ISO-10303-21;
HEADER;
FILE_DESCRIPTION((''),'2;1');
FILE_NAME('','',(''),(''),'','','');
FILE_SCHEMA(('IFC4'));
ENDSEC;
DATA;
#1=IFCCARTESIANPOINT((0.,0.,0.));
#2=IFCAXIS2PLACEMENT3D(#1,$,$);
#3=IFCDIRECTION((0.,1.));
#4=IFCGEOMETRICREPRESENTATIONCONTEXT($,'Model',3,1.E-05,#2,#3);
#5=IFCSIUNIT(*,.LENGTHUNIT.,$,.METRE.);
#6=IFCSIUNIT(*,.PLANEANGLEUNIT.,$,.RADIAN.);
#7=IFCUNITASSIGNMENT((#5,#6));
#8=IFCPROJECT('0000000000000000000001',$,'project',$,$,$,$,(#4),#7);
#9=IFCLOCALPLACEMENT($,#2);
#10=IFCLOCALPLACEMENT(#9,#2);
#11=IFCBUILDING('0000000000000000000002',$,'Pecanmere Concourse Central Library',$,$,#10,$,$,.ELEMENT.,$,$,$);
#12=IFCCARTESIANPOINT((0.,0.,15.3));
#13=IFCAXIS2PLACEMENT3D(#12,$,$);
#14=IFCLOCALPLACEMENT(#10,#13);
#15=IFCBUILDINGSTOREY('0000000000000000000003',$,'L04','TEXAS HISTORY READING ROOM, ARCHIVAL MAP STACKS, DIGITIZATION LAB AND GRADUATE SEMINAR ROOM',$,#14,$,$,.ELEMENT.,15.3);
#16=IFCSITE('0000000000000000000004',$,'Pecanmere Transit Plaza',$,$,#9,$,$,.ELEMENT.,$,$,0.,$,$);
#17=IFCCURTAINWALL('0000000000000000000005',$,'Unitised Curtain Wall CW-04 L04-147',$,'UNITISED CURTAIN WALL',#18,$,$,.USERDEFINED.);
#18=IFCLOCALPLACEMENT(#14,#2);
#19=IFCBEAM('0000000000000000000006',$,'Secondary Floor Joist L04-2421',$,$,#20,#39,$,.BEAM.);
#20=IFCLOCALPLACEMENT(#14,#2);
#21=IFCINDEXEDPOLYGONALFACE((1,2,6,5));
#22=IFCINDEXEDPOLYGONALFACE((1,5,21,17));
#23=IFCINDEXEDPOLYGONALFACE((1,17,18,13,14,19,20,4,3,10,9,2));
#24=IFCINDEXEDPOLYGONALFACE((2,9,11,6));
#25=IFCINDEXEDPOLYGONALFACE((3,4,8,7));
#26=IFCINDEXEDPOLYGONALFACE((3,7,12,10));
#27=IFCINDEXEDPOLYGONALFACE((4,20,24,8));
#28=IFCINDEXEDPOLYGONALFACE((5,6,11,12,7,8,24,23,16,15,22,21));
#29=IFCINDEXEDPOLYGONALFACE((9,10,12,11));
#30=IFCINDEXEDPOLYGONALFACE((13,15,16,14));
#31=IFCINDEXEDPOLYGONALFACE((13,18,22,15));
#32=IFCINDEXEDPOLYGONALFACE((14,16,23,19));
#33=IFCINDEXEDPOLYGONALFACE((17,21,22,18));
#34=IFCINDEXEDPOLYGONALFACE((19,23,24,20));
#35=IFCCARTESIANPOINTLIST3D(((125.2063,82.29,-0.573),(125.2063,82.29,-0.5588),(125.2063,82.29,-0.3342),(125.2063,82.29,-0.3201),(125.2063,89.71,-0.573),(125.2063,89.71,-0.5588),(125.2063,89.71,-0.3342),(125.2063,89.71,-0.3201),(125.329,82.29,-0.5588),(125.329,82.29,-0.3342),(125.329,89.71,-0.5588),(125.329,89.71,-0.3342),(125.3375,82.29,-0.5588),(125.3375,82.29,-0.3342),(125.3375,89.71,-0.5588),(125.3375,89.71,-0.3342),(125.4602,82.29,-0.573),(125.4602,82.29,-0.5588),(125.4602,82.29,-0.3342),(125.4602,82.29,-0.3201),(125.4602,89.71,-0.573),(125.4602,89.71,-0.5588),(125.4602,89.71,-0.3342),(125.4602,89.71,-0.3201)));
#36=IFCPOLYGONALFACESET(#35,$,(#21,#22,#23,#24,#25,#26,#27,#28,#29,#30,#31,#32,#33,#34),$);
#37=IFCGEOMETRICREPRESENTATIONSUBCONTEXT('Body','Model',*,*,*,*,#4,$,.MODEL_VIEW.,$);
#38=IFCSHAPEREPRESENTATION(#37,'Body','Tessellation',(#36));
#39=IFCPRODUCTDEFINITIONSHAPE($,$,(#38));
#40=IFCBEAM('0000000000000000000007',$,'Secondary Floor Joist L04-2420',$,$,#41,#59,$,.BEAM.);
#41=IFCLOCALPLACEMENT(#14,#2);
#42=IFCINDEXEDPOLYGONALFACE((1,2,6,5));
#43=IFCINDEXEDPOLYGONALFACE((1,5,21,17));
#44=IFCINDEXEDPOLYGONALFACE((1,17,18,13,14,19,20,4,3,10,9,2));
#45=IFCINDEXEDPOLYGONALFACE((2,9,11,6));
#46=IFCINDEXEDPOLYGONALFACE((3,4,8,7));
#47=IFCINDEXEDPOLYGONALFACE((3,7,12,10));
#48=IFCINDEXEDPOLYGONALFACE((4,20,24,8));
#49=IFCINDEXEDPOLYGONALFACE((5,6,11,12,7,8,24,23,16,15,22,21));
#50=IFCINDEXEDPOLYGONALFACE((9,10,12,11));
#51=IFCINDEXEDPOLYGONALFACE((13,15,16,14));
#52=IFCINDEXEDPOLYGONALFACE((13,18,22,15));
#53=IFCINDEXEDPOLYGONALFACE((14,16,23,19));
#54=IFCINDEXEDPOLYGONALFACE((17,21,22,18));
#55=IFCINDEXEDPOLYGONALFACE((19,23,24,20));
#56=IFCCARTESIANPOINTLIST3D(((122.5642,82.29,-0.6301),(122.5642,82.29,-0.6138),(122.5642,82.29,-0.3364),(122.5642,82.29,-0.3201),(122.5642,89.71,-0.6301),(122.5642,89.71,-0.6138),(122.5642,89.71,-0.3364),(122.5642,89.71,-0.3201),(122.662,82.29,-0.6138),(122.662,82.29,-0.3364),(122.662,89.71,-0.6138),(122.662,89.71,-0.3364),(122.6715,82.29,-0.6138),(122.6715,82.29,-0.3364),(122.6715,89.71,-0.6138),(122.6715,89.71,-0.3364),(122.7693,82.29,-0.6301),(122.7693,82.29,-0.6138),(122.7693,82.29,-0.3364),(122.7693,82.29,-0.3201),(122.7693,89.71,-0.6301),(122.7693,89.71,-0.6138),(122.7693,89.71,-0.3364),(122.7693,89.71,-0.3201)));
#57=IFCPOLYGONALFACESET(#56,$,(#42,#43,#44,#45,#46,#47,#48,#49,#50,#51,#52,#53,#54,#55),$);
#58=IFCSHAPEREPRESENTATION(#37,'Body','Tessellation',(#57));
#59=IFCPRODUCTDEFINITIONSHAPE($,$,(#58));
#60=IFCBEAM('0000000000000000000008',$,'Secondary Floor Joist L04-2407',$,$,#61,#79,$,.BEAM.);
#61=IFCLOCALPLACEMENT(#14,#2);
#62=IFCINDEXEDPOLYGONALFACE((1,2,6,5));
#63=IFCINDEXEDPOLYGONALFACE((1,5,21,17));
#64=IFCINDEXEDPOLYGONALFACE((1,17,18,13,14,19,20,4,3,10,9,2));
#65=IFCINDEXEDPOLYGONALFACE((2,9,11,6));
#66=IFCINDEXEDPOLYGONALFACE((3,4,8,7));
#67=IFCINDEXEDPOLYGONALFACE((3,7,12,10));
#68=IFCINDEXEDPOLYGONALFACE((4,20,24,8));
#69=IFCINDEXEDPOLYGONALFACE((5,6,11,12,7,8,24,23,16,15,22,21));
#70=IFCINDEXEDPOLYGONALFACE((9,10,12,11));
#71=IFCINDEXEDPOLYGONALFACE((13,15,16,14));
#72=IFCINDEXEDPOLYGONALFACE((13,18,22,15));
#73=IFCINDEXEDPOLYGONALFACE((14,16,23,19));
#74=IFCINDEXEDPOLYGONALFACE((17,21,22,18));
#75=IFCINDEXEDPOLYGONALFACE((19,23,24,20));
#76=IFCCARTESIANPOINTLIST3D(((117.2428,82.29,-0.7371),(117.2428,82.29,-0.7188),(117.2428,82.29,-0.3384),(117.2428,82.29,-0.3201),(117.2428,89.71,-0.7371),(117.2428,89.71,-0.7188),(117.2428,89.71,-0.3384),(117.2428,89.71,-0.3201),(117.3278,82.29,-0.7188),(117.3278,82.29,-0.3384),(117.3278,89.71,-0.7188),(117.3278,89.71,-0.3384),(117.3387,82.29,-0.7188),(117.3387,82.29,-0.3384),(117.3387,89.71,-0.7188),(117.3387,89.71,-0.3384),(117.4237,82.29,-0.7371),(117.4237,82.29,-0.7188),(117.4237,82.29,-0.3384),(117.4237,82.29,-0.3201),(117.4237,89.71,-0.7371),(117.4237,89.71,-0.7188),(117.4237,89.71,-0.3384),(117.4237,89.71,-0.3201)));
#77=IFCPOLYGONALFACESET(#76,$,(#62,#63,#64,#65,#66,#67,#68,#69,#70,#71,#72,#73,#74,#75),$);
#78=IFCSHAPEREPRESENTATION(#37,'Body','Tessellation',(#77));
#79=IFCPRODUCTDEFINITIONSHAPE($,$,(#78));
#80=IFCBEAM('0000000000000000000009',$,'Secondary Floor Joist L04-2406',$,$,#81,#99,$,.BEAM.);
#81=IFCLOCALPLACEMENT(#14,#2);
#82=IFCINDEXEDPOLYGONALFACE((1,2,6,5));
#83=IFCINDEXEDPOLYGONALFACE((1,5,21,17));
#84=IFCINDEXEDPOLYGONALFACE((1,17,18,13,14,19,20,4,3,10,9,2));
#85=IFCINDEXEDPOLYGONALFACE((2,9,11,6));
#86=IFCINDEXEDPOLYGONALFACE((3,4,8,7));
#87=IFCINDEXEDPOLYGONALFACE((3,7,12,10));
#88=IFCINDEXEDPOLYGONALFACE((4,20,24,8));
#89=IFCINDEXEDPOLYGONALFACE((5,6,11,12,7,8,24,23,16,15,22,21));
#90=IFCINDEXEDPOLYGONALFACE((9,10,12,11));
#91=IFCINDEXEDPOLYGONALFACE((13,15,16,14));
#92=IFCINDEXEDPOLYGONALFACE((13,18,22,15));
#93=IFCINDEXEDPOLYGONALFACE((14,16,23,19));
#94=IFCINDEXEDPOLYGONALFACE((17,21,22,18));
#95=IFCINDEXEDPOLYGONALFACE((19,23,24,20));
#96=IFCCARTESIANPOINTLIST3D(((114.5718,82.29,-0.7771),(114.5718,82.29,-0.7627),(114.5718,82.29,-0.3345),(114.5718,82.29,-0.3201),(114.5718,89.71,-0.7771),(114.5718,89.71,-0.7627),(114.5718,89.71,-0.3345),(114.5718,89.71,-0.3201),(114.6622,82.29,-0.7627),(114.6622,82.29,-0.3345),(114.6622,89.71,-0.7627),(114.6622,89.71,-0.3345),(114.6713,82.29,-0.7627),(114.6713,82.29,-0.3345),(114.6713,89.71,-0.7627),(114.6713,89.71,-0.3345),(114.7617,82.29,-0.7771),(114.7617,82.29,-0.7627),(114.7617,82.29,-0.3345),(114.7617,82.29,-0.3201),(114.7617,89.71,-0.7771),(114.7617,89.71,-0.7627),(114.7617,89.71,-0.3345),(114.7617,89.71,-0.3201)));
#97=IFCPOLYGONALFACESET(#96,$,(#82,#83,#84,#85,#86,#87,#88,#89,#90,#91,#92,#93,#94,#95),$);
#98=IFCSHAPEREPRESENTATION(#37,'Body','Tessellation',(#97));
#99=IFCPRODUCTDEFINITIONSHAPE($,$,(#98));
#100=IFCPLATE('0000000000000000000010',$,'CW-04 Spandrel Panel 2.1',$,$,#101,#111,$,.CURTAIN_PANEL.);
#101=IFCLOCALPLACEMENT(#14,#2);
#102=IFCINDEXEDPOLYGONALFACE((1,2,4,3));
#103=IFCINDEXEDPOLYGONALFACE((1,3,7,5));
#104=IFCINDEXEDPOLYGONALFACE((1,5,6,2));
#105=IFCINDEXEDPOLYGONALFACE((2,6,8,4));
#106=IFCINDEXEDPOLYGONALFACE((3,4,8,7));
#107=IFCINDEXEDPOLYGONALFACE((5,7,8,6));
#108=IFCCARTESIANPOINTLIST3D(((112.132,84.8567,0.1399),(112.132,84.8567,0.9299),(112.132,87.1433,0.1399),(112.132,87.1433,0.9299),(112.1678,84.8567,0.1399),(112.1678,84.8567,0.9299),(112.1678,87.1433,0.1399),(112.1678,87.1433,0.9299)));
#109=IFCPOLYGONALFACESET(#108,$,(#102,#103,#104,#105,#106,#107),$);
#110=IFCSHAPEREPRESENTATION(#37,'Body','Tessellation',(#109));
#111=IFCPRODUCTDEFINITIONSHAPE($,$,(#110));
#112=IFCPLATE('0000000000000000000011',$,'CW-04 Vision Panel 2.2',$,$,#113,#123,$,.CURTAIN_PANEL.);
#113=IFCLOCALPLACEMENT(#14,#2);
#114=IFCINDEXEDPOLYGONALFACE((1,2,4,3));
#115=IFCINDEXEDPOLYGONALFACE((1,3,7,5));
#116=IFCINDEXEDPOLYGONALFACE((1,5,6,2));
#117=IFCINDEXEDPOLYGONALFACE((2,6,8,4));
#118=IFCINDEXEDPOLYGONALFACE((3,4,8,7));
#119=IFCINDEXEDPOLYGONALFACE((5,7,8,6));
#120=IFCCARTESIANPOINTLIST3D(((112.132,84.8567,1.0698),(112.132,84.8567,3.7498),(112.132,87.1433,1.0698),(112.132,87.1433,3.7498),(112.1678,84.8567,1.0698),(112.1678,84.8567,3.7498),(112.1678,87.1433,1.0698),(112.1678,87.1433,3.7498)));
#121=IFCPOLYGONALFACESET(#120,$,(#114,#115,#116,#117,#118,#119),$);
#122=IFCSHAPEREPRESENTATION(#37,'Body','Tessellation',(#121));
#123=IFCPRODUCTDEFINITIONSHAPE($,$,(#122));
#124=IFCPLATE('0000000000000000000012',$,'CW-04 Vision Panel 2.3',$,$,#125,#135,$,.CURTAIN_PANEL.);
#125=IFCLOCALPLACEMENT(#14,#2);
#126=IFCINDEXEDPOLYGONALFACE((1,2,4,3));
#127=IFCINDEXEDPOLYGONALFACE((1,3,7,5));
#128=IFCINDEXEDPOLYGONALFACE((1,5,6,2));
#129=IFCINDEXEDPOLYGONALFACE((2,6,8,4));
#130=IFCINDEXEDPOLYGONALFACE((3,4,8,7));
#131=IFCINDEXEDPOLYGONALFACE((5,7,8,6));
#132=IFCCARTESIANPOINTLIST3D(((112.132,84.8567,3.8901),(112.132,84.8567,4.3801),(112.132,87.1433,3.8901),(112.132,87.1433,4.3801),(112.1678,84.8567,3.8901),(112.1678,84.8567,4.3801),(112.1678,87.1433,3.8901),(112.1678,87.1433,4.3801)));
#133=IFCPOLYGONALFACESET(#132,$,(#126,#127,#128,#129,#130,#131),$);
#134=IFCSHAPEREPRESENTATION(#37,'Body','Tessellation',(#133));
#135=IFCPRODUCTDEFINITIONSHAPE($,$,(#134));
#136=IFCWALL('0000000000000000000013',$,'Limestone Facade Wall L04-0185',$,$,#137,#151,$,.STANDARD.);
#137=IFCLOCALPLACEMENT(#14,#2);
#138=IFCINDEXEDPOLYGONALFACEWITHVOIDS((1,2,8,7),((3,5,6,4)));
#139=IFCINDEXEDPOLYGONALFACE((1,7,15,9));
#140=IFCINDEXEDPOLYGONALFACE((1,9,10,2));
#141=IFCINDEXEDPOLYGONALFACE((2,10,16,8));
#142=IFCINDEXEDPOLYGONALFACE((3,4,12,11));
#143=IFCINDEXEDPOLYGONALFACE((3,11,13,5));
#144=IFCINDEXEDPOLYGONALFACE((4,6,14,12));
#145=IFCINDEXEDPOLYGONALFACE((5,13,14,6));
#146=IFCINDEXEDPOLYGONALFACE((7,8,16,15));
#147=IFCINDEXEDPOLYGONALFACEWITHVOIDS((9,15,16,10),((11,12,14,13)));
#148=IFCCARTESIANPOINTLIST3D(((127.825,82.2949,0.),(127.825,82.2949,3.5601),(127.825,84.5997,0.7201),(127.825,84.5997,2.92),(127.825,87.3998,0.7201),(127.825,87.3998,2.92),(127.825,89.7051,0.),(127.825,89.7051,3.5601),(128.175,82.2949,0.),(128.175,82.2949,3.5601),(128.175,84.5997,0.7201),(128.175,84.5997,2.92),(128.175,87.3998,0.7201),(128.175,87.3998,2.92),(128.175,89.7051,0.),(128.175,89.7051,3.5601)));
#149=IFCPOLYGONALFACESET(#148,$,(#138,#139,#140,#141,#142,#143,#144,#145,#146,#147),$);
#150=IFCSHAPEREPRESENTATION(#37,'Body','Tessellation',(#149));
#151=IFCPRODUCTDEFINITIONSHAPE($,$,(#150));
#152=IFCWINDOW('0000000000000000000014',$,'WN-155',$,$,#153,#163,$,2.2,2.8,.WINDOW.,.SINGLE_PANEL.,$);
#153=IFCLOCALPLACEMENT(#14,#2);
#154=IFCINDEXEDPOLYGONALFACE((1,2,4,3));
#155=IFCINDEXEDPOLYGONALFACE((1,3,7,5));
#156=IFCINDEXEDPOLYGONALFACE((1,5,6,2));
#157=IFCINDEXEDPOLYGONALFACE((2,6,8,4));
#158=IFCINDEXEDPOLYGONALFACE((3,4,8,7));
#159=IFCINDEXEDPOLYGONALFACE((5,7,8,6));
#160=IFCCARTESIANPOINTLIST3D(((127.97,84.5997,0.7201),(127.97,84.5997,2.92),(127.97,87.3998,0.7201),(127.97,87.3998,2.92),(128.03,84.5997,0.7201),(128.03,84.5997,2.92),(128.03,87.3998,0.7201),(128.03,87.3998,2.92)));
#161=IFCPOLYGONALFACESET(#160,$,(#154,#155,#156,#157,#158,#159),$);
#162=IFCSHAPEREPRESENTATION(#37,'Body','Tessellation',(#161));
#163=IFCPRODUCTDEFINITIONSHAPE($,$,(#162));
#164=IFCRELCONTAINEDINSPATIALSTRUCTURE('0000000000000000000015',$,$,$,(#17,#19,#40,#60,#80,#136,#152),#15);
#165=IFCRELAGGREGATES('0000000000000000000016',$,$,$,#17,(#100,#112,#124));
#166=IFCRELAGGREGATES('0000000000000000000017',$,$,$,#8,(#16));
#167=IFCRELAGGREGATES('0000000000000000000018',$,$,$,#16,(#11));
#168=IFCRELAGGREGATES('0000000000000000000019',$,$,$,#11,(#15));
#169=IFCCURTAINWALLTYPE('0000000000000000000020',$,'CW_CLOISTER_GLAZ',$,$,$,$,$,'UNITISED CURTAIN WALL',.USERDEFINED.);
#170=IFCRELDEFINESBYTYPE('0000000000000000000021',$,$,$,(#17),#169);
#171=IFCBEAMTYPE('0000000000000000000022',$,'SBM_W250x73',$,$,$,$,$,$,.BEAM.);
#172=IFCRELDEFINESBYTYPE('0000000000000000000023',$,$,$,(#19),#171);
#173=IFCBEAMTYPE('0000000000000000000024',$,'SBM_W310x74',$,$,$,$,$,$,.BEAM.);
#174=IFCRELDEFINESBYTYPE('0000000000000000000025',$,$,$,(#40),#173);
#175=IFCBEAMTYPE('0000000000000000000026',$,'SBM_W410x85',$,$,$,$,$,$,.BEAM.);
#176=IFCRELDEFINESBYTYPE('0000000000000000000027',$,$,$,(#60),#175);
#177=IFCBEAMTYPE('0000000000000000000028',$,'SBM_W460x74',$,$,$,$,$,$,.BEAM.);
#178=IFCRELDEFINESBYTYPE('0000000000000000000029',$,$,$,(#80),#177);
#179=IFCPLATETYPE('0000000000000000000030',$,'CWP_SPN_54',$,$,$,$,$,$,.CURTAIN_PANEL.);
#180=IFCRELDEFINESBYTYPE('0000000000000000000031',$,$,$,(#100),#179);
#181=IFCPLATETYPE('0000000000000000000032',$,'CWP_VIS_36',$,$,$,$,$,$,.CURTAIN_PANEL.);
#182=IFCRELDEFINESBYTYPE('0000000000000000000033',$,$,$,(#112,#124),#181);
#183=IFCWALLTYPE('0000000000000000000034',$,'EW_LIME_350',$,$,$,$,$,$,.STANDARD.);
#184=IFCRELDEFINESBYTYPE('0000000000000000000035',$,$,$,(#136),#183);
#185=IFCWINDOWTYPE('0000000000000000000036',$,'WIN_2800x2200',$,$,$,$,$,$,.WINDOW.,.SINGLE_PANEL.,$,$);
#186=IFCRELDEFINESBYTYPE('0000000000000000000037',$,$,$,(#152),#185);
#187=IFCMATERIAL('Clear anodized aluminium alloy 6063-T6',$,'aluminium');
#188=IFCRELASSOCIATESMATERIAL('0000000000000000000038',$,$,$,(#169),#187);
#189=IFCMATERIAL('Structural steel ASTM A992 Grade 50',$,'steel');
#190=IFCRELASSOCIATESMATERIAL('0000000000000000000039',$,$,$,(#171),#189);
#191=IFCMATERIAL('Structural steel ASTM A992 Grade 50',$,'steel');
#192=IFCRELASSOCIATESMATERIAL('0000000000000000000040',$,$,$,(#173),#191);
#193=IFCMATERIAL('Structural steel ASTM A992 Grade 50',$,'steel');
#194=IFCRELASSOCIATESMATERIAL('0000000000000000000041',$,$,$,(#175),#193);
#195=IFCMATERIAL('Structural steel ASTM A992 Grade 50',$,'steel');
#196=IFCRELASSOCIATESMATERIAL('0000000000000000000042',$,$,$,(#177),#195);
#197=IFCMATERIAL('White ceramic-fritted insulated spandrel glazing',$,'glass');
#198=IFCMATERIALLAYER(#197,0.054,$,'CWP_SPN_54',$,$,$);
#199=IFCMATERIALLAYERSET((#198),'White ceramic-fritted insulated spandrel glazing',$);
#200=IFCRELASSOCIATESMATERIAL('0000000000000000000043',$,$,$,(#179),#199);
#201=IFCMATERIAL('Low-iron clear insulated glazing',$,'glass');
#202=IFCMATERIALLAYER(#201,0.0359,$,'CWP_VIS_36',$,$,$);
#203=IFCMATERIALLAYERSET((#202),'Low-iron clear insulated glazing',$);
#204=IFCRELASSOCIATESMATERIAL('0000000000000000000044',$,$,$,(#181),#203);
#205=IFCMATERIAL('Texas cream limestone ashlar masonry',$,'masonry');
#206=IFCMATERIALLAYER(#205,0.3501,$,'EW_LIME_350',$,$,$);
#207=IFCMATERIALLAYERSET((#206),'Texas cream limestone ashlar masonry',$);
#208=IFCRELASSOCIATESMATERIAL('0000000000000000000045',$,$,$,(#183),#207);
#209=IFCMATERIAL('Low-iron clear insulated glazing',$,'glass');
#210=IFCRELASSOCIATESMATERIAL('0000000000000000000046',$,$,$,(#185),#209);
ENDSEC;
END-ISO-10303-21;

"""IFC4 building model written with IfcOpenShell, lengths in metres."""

from ifc_helpers import new_model, si_unit, direction, frame, frame_2d, origin, origin_2d, place, context, subcontext, project, spatial, rectangle, i_section, extrude, material, layer, layer_set, material_profile, profile_set, type_object, element, fill, aggregate, save


model = new_model("IFC4")

# Units and contexts
model_context = context("Model", 3, precision=1e-05, world=origin(), true_north=direction((0.0, 1.0)))
body_context = subcontext(model_context, "Body", "Model", "MODEL_VIEW")
ifc_project = project(units=[si_unit("LENGTHUNIT", "METRE"), si_unit("PLANEANGLEUNIT", "RADIAN")], contexts=[model_context])

# Site, building, storey
site_placement = place(None, origin())
site = spatial("IfcSite", under=ifc_project, at=site_placement, Name="Pecanmere Transit Plaza", CompositionType="ELEMENT", RefElevation=0.0)
building_placement = place(site_placement, origin())
building = spatial("IfcBuilding", under=site, at=building_placement, Name="Pecanmere Concourse Central Library", CompositionType="ELEMENT")
storey_placement = place(building_placement, frame((0.0, 0.0, 15.3)))
storey = spatial("IfcBuildingStorey", under=building, at=storey_placement, Name="L04", Description="TEXAS HISTORY READING ROOM, ARCHIVAL MAP STACKS, DIGITIZATION LAB AND GRADUATE SEMINAR ROOM", CompositionType="ELEMENT", Elevation=15.3)

# Curtain wall
ifc_material_1 = material(Name="Clear anodized aluminium alloy 6063-T6", Category="aluminium")
curtain_wall_type = type_object("IfcCurtainWallType", Name="CW_CLOISTER_GLAZ", ElementType="UNITISED CURTAIN WALL", PredefinedType="USERDEFINED", material=ifc_material_1)
curtain_wall_placement = place(storey_placement, origin())
curtain_wall = element("IfcCurtainWall", 1, at=curtain_wall_placement, inside=storey, type_object=curtain_wall_type, Name="Unitised Curtain Wall CW-04 L04-147", ObjectType="UNITISED CURTAIN WALL", PredefinedType="USERDEFINED")

# Beams
ifc_material_2 = material(Name="Structural steel ASTM A992 Grade 50", Category="steel")
ifc_material_profile_1 = material_profile(ifc_material_2, i_section(OverallWidth=0.2539, OverallDepth=0.2529, WebThickness=0.0085, FlangeThickness=0.0142, at=origin_2d()), Name="W250x73")
ifc_profile_set_1 = profile_set([ifc_material_profile_1], Name="Structural steel ASTM A992 Grade 50")
beam_type_1 = type_object("IfcBeamType", Name="SBM_W250x73", PredefinedType="BEAM", material=ifc_profile_set_1)
beam_1_placement = place(storey_placement, frame((125.3333, 82.29, -0.4465), z_axis=(0.0, 1.0, 0.0), x_axis=(-1.0, 0.0, 0.0)))
element("IfcBeam", 2, at=beam_1_placement, inside=storey, type_object=beam_type_1, Name="Secondary Floor Joist L04-2421", PredefinedType="BEAM", context=body_context, shape_type="SweptSolid", body=[
    extrude(i_section(OverallWidth=0.2539, OverallDepth=0.2529, WebThickness=0.0085, FlangeThickness=0.0142, at=origin_2d()), origin(), (0.0, 0.0, 1.0), 7.4199),
])
ifc_material_3 = material(Name="Structural steel ASTM A992 Grade 50", Category="steel")
ifc_material_profile_2 = material_profile(ifc_material_3, i_section(OverallWidth=0.2051, OverallDepth=0.3101, WebThickness=0.0095, FlangeThickness=0.0164, at=origin_2d()), Name="W310x74")
ifc_profile_set_2 = profile_set([ifc_material_profile_2], Name="Structural steel ASTM A992 Grade 50")
beam_type_2 = type_object("IfcBeamType", Name="SBM_W310x74", PredefinedType="BEAM", material=ifc_profile_set_2)
beam_2_placement = place(storey_placement, frame((122.6667, 82.29, -0.4751), z_axis=(0.0, 1.0, 0.0), x_axis=(-1.0, 0.0, 0.0)))
element("IfcBeam", 3, at=beam_2_placement, inside=storey, type_object=beam_type_2, Name="Secondary Floor Joist L04-2420", PredefinedType="BEAM", context=body_context, shape_type="SweptSolid", body=[
    extrude(i_section(OverallWidth=0.2051, OverallDepth=0.3101, WebThickness=0.0095, FlangeThickness=0.0164, at=origin_2d()), origin(), (0.0, 0.0, 1.0), 7.4199),
])
ifc_material_4 = material(Name="Structural steel ASTM A992 Grade 50", Category="steel")
ifc_material_profile_3 = material_profile(ifc_material_4, i_section(OverallWidth=0.1809, OverallDepth=0.417, WebThickness=0.011, FlangeThickness=0.0183, at=origin_2d()), Name="W410x85")
ifc_profile_set_3 = profile_set([ifc_material_profile_3], Name="Structural steel ASTM A992 Grade 50")
beam_type_3 = type_object("IfcBeamType", Name="SBM_W410x85", PredefinedType="BEAM", material=ifc_profile_set_3)
beam_3_placement = place(storey_placement, frame((117.3333, 82.29, -0.5286), z_axis=(0.0, 1.0, 0.0), x_axis=(-1.0, 0.0, 0.0)))
element("IfcBeam", 4, at=beam_3_placement, inside=storey, type_object=beam_type_3, Name="Secondary Floor Joist L04-2407", PredefinedType="BEAM", context=body_context, shape_type="SweptSolid", body=[
    extrude(i_section(OverallWidth=0.1809, OverallDepth=0.417, WebThickness=0.011, FlangeThickness=0.0183, at=origin_2d()), origin(), (0.0, 0.0, 1.0), 7.4199),
])
ifc_material_5 = material(Name="Structural steel ASTM A992 Grade 50", Category="steel")
ifc_material_profile_4 = material_profile(ifc_material_5, i_section(OverallWidth=0.1899, OverallDepth=0.457, WebThickness=0.009, FlangeThickness=0.0144, at=origin_2d()), Name="W460x74")
ifc_profile_set_4 = profile_set([ifc_material_profile_4], Name="Structural steel ASTM A992 Grade 50")
beam_type_4 = type_object("IfcBeamType", Name="SBM_W460x74", PredefinedType="BEAM", material=ifc_profile_set_4)
beam_4_placement = place(storey_placement, frame((114.6667, 82.29, -0.5486), z_axis=(0.0, 1.0, 0.0), x_axis=(-1.0, 0.0, 0.0)))
element("IfcBeam", 5, at=beam_4_placement, inside=storey, type_object=beam_type_4, Name="Secondary Floor Joist L04-2406", PredefinedType="BEAM", context=body_context, shape_type="SweptSolid", body=[
    extrude(i_section(OverallWidth=0.1899, OverallDepth=0.457, WebThickness=0.009, FlangeThickness=0.0144, at=origin_2d()), origin(), (0.0, 0.0, 1.0), 7.4199),
])

# Plates
ifc_material_6 = material(Name="White ceramic-fritted insulated spandrel glazing", Category="glass")
ifc_layer_1 = layer(ifc_material_6, 0.054, Name="CWP_SPN_54")
ifc_layer_set_1 = layer_set([ifc_layer_1], Name="White ceramic-fritted insulated spandrel glazing")
plate_type_1 = type_object("IfcPlateType", Name="CWP_SPN_54", PredefinedType="CURTAIN_PANEL", material=ifc_layer_set_1)
plate_1_placement = place(storey_placement, frame((112.1499, 86.0, 0.1399), z_axis=(0.0, 0.0, 1.0), x_axis=(0.0, -1.0, 0.0)))
plate_1 = element("IfcPlate", 6, at=plate_1_placement, type_object=plate_type_1, Name="CW-04 Spandrel Panel 2.1", PredefinedType="CURTAIN_PANEL", context=body_context, shape_type="SweptSolid", body=[
    extrude(rectangle(XDim=2.2866, YDim=0.0359, at=origin_2d()), origin(), (0.0, 0.0, 1.0), 0.79),
])
ifc_material_7 = material(Name="Low-iron clear insulated glazing", Category="glass")
ifc_layer_2 = layer(ifc_material_7, 0.0359, Name="CWP_VIS_36")
ifc_layer_set_2 = layer_set([ifc_layer_2], Name="Low-iron clear insulated glazing")
plate_type_2 = type_object("IfcPlateType", Name="CWP_VIS_36", PredefinedType="CURTAIN_PANEL", material=ifc_layer_set_2)
plate_2_placement = place(storey_placement, frame((112.1499, 86.0, 1.0698), z_axis=(0.0, 0.0, 1.0), x_axis=(0.0, -1.0, 0.0)))
plate_2 = element("IfcPlate", 7, at=plate_2_placement, type_object=plate_type_2, Name="CW-04 Vision Panel 2.2", PredefinedType="CURTAIN_PANEL", context=body_context, shape_type="SweptSolid", body=[
    extrude(rectangle(XDim=2.2866, YDim=0.0359, at=origin_2d()), origin(), (0.0, 0.0, 1.0), 2.6799),
])
plate_3_placement = place(storey_placement, frame((112.1499, 86.0, 3.8901), z_axis=(0.0, 0.0, 1.0), x_axis=(0.0, -1.0, 0.0)))
plate_3 = element("IfcPlate", 8, at=plate_3_placement, type_object=plate_type_2, Name="CW-04 Vision Panel 2.3", PredefinedType="CURTAIN_PANEL", context=body_context, shape_type="SweptSolid", body=[
    extrude(rectangle(XDim=2.2866, YDim=0.0359, at=origin_2d()), origin(), (0.0, 0.0, 1.0), 0.49),
])
aggregate(curtain_wall, [plate_1, plate_2, plate_3])

# Wall, opening, window
ifc_material_8 = material(Name="Texas cream limestone ashlar masonry", Category="masonry")
ifc_layer_3 = layer(ifc_material_8, 0.3501, Name="EW_LIME_350")
ifc_layer_set_3 = layer_set([ifc_layer_3], Name="Texas cream limestone ashlar masonry")
wall_type_1 = type_object("IfcWallType", Name="EW_LIME_350", PredefinedType="STANDARD", material=ifc_layer_set_3)
wall_1_placement = place(storey_placement, frame((128.0, 82.2949, 0.0), z_axis=(0.0, 0.0, 1.0), x_axis=(0.0, 1.0, 0.0)))
wall_1 = element("IfcWall", 9, at=wall_1_placement, inside=storey, type_object=wall_type_1, Name="Limestone Facade Wall L04-0185", PredefinedType="STANDARD", context=body_context, shape_type="SweptSolid", body=[
    extrude(rectangle(XDim=7.4102, YDim=0.3501, at=frame_2d((3.7051, 0.0))), origin(), (0.0, 0.0, 1.0), 3.5601),
])
opening_placement = place(wall_1_placement, frame((2.3049, 0.0, 0.72)))
opening = element("IfcOpeningElement", 10, at=opening_placement, cuts=wall_1, PredefinedType="OPENING", context=body_context, shape_type="SweptSolid", body=[
    extrude(rectangle(XDim=2.8, YDim=2.2, at=frame_2d((1.3999, 1.1001))), frame((0.0, 0.187, 0.0), z_axis=(0.0, -1.0, 0.0), x_axis=(1.0, 0.0, 0.0)), (0.0, 0.0, 1.0), 0.374),
])
ifc_material_9 = material(Name="Low-iron clear insulated glazing", Category="glass")
window_type = type_object("IfcWindowType", Name="WIN_2800x2200", PartitioningType="SINGLE_PANEL", PredefinedType="WINDOW", material=ifc_material_9)
window_placement = place(opening_placement, origin())
window = element("IfcWindow", 11, at=window_placement, inside=storey, type_object=window_type, Name="WN-155", OverallHeight=2.2, OverallWidth=2.8, PartitioningType="SINGLE_PANEL", PredefinedType="WINDOW", context=body_context, shape_type="SweptSolid", body=[
    extrude(rectangle(XDim=2.8, YDim=2.2, at=frame_2d((1.3999, 1.1001))), frame((0.0, 0.03, 0.0), z_axis=(0.0, -1.0, 0.0), x_axis=(1.0, 0.0, 0.0)), (0.0, 0.0, 1.0), 0.0601),
])
fill(opening, window)

save(model, "model.ifc")
